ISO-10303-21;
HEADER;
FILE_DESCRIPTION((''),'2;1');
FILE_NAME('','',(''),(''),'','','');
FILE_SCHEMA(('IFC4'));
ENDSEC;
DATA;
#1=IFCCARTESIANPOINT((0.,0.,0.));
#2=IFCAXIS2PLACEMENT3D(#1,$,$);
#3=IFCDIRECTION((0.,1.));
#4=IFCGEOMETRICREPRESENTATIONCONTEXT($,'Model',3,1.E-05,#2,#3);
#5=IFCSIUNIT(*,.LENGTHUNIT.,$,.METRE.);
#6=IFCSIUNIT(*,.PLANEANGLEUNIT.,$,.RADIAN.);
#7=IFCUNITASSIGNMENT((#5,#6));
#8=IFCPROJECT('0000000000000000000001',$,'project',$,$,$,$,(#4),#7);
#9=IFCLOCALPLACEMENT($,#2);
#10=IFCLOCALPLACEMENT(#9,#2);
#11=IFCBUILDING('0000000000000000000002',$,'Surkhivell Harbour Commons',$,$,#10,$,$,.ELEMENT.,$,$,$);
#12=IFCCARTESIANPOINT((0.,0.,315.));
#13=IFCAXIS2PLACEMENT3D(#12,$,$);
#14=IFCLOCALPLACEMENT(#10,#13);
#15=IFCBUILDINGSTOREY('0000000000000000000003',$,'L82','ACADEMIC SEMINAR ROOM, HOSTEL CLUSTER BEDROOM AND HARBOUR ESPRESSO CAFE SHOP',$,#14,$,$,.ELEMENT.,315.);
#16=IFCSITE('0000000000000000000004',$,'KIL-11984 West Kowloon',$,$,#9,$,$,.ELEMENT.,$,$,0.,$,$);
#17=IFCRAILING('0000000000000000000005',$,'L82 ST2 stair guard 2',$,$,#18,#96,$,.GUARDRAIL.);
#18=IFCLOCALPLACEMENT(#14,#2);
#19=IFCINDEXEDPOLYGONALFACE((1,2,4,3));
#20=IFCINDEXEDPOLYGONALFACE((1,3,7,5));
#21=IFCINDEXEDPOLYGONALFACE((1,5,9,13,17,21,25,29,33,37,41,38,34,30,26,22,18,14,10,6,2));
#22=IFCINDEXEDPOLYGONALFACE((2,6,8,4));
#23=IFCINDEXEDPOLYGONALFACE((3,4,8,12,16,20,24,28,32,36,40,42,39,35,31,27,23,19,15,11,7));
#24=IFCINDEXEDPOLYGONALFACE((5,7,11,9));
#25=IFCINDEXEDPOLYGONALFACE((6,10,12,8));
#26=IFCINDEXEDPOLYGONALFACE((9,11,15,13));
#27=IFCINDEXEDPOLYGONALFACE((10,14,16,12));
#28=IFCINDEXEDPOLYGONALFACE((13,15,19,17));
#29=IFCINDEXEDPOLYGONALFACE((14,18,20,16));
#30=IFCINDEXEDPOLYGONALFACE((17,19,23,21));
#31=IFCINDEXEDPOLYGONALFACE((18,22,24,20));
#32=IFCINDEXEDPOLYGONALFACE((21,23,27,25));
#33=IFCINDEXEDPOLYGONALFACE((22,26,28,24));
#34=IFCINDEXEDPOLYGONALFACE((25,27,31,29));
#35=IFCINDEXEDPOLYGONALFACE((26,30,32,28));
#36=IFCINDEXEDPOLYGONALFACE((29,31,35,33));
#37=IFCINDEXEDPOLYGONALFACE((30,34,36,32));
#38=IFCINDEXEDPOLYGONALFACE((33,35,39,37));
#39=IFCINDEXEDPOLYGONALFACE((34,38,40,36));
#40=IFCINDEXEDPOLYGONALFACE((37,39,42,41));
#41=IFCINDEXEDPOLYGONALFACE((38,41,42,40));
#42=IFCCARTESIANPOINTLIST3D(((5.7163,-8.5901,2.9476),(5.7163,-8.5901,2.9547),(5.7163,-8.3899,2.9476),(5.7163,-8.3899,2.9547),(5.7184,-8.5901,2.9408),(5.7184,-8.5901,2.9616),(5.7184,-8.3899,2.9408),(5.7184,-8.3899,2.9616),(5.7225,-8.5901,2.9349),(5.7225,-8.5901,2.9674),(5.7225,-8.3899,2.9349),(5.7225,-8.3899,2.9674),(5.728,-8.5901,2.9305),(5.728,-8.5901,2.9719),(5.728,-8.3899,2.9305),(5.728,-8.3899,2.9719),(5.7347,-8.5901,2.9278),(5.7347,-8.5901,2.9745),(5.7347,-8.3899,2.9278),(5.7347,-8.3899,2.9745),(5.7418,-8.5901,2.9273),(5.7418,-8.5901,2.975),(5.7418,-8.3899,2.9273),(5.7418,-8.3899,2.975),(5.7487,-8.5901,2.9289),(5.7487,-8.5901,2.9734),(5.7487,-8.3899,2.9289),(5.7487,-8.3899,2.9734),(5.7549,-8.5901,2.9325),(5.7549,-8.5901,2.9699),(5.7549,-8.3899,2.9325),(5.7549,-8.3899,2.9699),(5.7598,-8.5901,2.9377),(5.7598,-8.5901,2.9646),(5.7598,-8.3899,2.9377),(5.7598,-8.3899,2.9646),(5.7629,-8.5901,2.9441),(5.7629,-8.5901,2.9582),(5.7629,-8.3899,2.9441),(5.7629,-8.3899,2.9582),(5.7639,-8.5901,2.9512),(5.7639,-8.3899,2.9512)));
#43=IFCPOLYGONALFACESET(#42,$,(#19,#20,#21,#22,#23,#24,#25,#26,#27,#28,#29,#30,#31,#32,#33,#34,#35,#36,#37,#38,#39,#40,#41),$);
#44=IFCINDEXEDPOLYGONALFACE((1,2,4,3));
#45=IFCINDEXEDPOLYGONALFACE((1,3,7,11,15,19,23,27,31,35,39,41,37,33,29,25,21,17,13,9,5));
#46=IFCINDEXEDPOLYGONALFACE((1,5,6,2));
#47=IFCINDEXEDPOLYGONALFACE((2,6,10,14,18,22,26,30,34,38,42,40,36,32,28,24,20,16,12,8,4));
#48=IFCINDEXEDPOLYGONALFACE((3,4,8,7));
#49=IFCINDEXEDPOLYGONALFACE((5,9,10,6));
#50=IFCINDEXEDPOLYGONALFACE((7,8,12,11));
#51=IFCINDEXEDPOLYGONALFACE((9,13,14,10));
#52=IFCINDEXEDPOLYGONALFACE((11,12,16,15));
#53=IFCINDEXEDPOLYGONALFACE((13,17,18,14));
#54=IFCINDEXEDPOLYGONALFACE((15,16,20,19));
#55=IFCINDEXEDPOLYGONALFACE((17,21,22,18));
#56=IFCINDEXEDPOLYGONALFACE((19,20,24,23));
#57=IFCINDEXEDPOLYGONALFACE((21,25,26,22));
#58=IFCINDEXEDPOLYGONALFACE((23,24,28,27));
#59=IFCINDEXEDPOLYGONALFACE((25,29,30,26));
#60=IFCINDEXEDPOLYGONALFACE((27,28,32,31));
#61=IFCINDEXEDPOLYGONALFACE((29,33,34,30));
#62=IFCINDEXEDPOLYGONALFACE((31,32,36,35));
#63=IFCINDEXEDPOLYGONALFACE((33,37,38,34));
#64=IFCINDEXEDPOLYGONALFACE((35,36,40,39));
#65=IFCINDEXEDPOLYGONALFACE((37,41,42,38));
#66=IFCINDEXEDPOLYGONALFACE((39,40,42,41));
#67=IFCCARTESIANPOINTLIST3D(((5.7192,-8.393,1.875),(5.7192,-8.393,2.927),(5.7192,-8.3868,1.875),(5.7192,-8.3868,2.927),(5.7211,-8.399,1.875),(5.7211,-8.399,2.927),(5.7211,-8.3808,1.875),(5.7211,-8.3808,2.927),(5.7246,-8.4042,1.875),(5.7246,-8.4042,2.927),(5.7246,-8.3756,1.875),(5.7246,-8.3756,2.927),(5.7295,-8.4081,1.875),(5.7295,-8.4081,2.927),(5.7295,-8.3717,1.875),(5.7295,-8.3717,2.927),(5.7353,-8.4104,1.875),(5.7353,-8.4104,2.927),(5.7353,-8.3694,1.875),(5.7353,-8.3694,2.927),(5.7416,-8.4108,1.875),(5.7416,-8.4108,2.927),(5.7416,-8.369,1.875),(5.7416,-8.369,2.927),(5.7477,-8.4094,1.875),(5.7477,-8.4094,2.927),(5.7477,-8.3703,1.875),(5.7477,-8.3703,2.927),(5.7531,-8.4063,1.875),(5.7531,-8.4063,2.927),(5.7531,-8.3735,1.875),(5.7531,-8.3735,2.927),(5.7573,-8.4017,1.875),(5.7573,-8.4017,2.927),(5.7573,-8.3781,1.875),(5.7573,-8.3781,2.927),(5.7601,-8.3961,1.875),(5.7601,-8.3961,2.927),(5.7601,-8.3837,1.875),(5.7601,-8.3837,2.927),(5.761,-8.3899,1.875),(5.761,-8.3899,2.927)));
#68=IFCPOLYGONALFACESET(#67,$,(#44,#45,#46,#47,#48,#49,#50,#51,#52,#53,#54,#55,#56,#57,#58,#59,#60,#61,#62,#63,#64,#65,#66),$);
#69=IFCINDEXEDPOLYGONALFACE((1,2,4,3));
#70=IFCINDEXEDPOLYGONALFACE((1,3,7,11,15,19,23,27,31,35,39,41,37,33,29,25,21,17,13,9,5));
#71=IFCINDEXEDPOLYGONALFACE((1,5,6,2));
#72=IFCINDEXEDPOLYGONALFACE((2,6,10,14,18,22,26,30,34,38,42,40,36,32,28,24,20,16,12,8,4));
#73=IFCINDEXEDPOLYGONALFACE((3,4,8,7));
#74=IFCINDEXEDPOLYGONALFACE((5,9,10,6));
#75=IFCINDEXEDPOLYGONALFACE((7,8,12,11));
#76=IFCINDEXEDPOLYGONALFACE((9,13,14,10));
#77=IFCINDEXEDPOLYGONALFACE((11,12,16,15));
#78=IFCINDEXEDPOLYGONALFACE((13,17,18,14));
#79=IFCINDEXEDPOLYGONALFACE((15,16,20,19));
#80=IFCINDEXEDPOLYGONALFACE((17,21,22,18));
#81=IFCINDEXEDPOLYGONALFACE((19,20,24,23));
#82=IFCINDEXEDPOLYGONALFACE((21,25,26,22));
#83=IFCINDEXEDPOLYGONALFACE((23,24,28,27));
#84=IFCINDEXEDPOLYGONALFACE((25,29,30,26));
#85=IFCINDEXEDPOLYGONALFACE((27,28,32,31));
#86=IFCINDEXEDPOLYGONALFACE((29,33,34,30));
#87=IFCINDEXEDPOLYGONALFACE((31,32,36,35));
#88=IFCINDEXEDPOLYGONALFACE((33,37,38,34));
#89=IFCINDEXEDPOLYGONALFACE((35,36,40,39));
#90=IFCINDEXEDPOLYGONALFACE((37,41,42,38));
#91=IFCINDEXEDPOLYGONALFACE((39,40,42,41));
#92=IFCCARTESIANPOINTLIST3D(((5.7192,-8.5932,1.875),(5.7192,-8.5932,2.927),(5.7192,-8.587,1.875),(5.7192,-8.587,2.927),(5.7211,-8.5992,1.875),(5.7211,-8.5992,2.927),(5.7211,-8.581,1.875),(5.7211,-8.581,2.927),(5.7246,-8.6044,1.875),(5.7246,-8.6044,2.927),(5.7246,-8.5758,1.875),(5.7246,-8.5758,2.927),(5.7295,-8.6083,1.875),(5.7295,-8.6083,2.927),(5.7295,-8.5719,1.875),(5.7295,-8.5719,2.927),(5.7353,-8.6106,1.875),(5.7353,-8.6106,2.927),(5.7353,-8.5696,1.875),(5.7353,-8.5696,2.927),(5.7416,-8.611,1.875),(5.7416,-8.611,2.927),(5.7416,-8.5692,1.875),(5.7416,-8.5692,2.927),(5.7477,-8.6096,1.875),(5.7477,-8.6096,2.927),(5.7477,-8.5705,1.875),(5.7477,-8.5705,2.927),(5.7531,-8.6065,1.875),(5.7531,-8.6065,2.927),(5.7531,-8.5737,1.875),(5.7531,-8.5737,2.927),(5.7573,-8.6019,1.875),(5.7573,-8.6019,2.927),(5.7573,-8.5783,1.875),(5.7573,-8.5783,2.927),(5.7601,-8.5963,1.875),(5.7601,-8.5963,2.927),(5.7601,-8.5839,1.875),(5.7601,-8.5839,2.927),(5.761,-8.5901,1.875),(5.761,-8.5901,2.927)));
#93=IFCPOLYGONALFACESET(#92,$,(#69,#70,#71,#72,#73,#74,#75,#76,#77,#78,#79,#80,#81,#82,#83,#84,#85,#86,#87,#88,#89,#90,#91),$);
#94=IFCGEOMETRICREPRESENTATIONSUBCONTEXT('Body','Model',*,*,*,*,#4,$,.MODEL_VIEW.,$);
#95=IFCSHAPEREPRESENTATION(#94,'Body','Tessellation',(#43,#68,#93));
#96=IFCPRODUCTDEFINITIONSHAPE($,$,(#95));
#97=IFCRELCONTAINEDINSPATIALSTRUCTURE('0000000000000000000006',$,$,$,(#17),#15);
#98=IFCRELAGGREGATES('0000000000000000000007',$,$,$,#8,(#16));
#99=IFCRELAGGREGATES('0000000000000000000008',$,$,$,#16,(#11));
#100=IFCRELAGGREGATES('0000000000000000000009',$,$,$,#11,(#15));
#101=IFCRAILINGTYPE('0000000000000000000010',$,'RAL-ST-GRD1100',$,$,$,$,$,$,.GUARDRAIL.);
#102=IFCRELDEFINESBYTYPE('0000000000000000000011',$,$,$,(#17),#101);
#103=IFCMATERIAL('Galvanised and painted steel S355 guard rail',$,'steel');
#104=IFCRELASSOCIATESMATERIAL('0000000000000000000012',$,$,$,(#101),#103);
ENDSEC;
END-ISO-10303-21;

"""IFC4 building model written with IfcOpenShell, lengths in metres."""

from ifc_helpers import new_model, si_unit, direction, frame, origin, origin_2d, place, context, subcontext, project, spatial, circle, extrude, material, type_object, element, save


model = new_model("IFC4")

# Units and contexts
model_context = context("Model", 3, precision=1e-05, world=origin(), true_north=direction((0.0, 1.0)))
body_context = subcontext(model_context, "Body", "Model", "MODEL_VIEW")
ifc_project = project(units=[si_unit("LENGTHUNIT", "METRE"), si_unit("PLANEANGLEUNIT", "RADIAN")], contexts=[model_context])

# Site, building, storey
site_placement = place(None, origin())
site = spatial("IfcSite", under=ifc_project, at=site_placement, Name="KIL-11984 West Kowloon", CompositionType="ELEMENT", RefElevation=0.0)
building_placement = place(site_placement, origin())
building = spatial("IfcBuilding", under=site, at=building_placement, Name="Surkhivell Harbour Commons", CompositionType="ELEMENT")
storey_placement = place(building_placement, frame((0.0, 0.0, 315.0)))
storey = spatial("IfcBuildingStorey", under=building, at=storey_placement, Name="L82", Description="ACADEMIC SEMINAR ROOM, HOSTEL CLUSTER BEDROOM AND HARBOUR ESPRESSO CAFE SHOP", CompositionType="ELEMENT", Elevation=315.0)

# Railing
ifc_material_1 = material(Name="Galvanised and painted steel S355 guard rail", Category="steel")
railing_type_1 = type_object("IfcRailingType", Name="RAL-ST-GRD1100", PredefinedType="GUARDRAIL", material=ifc_material_1)
railing_1_placement = place(storey_placement, frame((5.74, -8.3899, 1.875)))
element("IfcRailing", 1, at=railing_1_placement, inside=storey, type_object=railing_type_1, Name="L82 ST2 stair guard 2", PredefinedType="GUARDRAIL", context=body_context, shape_type="SweptSolid", body=[
    extrude(circle(Radius=0.0239, at=origin_2d()), frame((0.0, 0.0, 1.0762), z_axis=(0.0, -1.0, 0.0), x_axis=(1.0, 0.0, 0.0)), (0.0, 0.0, 1.0), 0.2002),
    extrude(circle(Radius=0.021, at=origin_2d()), origin(), (0.0, 0.0, 1.0), 1.052),
    extrude(circle(Radius=0.021, at=origin_2d()), frame((0.0, -0.2002, 0.0)), (0.0, 0.0, 1.0), 1.052),
])

save(model, "model.ifc")
